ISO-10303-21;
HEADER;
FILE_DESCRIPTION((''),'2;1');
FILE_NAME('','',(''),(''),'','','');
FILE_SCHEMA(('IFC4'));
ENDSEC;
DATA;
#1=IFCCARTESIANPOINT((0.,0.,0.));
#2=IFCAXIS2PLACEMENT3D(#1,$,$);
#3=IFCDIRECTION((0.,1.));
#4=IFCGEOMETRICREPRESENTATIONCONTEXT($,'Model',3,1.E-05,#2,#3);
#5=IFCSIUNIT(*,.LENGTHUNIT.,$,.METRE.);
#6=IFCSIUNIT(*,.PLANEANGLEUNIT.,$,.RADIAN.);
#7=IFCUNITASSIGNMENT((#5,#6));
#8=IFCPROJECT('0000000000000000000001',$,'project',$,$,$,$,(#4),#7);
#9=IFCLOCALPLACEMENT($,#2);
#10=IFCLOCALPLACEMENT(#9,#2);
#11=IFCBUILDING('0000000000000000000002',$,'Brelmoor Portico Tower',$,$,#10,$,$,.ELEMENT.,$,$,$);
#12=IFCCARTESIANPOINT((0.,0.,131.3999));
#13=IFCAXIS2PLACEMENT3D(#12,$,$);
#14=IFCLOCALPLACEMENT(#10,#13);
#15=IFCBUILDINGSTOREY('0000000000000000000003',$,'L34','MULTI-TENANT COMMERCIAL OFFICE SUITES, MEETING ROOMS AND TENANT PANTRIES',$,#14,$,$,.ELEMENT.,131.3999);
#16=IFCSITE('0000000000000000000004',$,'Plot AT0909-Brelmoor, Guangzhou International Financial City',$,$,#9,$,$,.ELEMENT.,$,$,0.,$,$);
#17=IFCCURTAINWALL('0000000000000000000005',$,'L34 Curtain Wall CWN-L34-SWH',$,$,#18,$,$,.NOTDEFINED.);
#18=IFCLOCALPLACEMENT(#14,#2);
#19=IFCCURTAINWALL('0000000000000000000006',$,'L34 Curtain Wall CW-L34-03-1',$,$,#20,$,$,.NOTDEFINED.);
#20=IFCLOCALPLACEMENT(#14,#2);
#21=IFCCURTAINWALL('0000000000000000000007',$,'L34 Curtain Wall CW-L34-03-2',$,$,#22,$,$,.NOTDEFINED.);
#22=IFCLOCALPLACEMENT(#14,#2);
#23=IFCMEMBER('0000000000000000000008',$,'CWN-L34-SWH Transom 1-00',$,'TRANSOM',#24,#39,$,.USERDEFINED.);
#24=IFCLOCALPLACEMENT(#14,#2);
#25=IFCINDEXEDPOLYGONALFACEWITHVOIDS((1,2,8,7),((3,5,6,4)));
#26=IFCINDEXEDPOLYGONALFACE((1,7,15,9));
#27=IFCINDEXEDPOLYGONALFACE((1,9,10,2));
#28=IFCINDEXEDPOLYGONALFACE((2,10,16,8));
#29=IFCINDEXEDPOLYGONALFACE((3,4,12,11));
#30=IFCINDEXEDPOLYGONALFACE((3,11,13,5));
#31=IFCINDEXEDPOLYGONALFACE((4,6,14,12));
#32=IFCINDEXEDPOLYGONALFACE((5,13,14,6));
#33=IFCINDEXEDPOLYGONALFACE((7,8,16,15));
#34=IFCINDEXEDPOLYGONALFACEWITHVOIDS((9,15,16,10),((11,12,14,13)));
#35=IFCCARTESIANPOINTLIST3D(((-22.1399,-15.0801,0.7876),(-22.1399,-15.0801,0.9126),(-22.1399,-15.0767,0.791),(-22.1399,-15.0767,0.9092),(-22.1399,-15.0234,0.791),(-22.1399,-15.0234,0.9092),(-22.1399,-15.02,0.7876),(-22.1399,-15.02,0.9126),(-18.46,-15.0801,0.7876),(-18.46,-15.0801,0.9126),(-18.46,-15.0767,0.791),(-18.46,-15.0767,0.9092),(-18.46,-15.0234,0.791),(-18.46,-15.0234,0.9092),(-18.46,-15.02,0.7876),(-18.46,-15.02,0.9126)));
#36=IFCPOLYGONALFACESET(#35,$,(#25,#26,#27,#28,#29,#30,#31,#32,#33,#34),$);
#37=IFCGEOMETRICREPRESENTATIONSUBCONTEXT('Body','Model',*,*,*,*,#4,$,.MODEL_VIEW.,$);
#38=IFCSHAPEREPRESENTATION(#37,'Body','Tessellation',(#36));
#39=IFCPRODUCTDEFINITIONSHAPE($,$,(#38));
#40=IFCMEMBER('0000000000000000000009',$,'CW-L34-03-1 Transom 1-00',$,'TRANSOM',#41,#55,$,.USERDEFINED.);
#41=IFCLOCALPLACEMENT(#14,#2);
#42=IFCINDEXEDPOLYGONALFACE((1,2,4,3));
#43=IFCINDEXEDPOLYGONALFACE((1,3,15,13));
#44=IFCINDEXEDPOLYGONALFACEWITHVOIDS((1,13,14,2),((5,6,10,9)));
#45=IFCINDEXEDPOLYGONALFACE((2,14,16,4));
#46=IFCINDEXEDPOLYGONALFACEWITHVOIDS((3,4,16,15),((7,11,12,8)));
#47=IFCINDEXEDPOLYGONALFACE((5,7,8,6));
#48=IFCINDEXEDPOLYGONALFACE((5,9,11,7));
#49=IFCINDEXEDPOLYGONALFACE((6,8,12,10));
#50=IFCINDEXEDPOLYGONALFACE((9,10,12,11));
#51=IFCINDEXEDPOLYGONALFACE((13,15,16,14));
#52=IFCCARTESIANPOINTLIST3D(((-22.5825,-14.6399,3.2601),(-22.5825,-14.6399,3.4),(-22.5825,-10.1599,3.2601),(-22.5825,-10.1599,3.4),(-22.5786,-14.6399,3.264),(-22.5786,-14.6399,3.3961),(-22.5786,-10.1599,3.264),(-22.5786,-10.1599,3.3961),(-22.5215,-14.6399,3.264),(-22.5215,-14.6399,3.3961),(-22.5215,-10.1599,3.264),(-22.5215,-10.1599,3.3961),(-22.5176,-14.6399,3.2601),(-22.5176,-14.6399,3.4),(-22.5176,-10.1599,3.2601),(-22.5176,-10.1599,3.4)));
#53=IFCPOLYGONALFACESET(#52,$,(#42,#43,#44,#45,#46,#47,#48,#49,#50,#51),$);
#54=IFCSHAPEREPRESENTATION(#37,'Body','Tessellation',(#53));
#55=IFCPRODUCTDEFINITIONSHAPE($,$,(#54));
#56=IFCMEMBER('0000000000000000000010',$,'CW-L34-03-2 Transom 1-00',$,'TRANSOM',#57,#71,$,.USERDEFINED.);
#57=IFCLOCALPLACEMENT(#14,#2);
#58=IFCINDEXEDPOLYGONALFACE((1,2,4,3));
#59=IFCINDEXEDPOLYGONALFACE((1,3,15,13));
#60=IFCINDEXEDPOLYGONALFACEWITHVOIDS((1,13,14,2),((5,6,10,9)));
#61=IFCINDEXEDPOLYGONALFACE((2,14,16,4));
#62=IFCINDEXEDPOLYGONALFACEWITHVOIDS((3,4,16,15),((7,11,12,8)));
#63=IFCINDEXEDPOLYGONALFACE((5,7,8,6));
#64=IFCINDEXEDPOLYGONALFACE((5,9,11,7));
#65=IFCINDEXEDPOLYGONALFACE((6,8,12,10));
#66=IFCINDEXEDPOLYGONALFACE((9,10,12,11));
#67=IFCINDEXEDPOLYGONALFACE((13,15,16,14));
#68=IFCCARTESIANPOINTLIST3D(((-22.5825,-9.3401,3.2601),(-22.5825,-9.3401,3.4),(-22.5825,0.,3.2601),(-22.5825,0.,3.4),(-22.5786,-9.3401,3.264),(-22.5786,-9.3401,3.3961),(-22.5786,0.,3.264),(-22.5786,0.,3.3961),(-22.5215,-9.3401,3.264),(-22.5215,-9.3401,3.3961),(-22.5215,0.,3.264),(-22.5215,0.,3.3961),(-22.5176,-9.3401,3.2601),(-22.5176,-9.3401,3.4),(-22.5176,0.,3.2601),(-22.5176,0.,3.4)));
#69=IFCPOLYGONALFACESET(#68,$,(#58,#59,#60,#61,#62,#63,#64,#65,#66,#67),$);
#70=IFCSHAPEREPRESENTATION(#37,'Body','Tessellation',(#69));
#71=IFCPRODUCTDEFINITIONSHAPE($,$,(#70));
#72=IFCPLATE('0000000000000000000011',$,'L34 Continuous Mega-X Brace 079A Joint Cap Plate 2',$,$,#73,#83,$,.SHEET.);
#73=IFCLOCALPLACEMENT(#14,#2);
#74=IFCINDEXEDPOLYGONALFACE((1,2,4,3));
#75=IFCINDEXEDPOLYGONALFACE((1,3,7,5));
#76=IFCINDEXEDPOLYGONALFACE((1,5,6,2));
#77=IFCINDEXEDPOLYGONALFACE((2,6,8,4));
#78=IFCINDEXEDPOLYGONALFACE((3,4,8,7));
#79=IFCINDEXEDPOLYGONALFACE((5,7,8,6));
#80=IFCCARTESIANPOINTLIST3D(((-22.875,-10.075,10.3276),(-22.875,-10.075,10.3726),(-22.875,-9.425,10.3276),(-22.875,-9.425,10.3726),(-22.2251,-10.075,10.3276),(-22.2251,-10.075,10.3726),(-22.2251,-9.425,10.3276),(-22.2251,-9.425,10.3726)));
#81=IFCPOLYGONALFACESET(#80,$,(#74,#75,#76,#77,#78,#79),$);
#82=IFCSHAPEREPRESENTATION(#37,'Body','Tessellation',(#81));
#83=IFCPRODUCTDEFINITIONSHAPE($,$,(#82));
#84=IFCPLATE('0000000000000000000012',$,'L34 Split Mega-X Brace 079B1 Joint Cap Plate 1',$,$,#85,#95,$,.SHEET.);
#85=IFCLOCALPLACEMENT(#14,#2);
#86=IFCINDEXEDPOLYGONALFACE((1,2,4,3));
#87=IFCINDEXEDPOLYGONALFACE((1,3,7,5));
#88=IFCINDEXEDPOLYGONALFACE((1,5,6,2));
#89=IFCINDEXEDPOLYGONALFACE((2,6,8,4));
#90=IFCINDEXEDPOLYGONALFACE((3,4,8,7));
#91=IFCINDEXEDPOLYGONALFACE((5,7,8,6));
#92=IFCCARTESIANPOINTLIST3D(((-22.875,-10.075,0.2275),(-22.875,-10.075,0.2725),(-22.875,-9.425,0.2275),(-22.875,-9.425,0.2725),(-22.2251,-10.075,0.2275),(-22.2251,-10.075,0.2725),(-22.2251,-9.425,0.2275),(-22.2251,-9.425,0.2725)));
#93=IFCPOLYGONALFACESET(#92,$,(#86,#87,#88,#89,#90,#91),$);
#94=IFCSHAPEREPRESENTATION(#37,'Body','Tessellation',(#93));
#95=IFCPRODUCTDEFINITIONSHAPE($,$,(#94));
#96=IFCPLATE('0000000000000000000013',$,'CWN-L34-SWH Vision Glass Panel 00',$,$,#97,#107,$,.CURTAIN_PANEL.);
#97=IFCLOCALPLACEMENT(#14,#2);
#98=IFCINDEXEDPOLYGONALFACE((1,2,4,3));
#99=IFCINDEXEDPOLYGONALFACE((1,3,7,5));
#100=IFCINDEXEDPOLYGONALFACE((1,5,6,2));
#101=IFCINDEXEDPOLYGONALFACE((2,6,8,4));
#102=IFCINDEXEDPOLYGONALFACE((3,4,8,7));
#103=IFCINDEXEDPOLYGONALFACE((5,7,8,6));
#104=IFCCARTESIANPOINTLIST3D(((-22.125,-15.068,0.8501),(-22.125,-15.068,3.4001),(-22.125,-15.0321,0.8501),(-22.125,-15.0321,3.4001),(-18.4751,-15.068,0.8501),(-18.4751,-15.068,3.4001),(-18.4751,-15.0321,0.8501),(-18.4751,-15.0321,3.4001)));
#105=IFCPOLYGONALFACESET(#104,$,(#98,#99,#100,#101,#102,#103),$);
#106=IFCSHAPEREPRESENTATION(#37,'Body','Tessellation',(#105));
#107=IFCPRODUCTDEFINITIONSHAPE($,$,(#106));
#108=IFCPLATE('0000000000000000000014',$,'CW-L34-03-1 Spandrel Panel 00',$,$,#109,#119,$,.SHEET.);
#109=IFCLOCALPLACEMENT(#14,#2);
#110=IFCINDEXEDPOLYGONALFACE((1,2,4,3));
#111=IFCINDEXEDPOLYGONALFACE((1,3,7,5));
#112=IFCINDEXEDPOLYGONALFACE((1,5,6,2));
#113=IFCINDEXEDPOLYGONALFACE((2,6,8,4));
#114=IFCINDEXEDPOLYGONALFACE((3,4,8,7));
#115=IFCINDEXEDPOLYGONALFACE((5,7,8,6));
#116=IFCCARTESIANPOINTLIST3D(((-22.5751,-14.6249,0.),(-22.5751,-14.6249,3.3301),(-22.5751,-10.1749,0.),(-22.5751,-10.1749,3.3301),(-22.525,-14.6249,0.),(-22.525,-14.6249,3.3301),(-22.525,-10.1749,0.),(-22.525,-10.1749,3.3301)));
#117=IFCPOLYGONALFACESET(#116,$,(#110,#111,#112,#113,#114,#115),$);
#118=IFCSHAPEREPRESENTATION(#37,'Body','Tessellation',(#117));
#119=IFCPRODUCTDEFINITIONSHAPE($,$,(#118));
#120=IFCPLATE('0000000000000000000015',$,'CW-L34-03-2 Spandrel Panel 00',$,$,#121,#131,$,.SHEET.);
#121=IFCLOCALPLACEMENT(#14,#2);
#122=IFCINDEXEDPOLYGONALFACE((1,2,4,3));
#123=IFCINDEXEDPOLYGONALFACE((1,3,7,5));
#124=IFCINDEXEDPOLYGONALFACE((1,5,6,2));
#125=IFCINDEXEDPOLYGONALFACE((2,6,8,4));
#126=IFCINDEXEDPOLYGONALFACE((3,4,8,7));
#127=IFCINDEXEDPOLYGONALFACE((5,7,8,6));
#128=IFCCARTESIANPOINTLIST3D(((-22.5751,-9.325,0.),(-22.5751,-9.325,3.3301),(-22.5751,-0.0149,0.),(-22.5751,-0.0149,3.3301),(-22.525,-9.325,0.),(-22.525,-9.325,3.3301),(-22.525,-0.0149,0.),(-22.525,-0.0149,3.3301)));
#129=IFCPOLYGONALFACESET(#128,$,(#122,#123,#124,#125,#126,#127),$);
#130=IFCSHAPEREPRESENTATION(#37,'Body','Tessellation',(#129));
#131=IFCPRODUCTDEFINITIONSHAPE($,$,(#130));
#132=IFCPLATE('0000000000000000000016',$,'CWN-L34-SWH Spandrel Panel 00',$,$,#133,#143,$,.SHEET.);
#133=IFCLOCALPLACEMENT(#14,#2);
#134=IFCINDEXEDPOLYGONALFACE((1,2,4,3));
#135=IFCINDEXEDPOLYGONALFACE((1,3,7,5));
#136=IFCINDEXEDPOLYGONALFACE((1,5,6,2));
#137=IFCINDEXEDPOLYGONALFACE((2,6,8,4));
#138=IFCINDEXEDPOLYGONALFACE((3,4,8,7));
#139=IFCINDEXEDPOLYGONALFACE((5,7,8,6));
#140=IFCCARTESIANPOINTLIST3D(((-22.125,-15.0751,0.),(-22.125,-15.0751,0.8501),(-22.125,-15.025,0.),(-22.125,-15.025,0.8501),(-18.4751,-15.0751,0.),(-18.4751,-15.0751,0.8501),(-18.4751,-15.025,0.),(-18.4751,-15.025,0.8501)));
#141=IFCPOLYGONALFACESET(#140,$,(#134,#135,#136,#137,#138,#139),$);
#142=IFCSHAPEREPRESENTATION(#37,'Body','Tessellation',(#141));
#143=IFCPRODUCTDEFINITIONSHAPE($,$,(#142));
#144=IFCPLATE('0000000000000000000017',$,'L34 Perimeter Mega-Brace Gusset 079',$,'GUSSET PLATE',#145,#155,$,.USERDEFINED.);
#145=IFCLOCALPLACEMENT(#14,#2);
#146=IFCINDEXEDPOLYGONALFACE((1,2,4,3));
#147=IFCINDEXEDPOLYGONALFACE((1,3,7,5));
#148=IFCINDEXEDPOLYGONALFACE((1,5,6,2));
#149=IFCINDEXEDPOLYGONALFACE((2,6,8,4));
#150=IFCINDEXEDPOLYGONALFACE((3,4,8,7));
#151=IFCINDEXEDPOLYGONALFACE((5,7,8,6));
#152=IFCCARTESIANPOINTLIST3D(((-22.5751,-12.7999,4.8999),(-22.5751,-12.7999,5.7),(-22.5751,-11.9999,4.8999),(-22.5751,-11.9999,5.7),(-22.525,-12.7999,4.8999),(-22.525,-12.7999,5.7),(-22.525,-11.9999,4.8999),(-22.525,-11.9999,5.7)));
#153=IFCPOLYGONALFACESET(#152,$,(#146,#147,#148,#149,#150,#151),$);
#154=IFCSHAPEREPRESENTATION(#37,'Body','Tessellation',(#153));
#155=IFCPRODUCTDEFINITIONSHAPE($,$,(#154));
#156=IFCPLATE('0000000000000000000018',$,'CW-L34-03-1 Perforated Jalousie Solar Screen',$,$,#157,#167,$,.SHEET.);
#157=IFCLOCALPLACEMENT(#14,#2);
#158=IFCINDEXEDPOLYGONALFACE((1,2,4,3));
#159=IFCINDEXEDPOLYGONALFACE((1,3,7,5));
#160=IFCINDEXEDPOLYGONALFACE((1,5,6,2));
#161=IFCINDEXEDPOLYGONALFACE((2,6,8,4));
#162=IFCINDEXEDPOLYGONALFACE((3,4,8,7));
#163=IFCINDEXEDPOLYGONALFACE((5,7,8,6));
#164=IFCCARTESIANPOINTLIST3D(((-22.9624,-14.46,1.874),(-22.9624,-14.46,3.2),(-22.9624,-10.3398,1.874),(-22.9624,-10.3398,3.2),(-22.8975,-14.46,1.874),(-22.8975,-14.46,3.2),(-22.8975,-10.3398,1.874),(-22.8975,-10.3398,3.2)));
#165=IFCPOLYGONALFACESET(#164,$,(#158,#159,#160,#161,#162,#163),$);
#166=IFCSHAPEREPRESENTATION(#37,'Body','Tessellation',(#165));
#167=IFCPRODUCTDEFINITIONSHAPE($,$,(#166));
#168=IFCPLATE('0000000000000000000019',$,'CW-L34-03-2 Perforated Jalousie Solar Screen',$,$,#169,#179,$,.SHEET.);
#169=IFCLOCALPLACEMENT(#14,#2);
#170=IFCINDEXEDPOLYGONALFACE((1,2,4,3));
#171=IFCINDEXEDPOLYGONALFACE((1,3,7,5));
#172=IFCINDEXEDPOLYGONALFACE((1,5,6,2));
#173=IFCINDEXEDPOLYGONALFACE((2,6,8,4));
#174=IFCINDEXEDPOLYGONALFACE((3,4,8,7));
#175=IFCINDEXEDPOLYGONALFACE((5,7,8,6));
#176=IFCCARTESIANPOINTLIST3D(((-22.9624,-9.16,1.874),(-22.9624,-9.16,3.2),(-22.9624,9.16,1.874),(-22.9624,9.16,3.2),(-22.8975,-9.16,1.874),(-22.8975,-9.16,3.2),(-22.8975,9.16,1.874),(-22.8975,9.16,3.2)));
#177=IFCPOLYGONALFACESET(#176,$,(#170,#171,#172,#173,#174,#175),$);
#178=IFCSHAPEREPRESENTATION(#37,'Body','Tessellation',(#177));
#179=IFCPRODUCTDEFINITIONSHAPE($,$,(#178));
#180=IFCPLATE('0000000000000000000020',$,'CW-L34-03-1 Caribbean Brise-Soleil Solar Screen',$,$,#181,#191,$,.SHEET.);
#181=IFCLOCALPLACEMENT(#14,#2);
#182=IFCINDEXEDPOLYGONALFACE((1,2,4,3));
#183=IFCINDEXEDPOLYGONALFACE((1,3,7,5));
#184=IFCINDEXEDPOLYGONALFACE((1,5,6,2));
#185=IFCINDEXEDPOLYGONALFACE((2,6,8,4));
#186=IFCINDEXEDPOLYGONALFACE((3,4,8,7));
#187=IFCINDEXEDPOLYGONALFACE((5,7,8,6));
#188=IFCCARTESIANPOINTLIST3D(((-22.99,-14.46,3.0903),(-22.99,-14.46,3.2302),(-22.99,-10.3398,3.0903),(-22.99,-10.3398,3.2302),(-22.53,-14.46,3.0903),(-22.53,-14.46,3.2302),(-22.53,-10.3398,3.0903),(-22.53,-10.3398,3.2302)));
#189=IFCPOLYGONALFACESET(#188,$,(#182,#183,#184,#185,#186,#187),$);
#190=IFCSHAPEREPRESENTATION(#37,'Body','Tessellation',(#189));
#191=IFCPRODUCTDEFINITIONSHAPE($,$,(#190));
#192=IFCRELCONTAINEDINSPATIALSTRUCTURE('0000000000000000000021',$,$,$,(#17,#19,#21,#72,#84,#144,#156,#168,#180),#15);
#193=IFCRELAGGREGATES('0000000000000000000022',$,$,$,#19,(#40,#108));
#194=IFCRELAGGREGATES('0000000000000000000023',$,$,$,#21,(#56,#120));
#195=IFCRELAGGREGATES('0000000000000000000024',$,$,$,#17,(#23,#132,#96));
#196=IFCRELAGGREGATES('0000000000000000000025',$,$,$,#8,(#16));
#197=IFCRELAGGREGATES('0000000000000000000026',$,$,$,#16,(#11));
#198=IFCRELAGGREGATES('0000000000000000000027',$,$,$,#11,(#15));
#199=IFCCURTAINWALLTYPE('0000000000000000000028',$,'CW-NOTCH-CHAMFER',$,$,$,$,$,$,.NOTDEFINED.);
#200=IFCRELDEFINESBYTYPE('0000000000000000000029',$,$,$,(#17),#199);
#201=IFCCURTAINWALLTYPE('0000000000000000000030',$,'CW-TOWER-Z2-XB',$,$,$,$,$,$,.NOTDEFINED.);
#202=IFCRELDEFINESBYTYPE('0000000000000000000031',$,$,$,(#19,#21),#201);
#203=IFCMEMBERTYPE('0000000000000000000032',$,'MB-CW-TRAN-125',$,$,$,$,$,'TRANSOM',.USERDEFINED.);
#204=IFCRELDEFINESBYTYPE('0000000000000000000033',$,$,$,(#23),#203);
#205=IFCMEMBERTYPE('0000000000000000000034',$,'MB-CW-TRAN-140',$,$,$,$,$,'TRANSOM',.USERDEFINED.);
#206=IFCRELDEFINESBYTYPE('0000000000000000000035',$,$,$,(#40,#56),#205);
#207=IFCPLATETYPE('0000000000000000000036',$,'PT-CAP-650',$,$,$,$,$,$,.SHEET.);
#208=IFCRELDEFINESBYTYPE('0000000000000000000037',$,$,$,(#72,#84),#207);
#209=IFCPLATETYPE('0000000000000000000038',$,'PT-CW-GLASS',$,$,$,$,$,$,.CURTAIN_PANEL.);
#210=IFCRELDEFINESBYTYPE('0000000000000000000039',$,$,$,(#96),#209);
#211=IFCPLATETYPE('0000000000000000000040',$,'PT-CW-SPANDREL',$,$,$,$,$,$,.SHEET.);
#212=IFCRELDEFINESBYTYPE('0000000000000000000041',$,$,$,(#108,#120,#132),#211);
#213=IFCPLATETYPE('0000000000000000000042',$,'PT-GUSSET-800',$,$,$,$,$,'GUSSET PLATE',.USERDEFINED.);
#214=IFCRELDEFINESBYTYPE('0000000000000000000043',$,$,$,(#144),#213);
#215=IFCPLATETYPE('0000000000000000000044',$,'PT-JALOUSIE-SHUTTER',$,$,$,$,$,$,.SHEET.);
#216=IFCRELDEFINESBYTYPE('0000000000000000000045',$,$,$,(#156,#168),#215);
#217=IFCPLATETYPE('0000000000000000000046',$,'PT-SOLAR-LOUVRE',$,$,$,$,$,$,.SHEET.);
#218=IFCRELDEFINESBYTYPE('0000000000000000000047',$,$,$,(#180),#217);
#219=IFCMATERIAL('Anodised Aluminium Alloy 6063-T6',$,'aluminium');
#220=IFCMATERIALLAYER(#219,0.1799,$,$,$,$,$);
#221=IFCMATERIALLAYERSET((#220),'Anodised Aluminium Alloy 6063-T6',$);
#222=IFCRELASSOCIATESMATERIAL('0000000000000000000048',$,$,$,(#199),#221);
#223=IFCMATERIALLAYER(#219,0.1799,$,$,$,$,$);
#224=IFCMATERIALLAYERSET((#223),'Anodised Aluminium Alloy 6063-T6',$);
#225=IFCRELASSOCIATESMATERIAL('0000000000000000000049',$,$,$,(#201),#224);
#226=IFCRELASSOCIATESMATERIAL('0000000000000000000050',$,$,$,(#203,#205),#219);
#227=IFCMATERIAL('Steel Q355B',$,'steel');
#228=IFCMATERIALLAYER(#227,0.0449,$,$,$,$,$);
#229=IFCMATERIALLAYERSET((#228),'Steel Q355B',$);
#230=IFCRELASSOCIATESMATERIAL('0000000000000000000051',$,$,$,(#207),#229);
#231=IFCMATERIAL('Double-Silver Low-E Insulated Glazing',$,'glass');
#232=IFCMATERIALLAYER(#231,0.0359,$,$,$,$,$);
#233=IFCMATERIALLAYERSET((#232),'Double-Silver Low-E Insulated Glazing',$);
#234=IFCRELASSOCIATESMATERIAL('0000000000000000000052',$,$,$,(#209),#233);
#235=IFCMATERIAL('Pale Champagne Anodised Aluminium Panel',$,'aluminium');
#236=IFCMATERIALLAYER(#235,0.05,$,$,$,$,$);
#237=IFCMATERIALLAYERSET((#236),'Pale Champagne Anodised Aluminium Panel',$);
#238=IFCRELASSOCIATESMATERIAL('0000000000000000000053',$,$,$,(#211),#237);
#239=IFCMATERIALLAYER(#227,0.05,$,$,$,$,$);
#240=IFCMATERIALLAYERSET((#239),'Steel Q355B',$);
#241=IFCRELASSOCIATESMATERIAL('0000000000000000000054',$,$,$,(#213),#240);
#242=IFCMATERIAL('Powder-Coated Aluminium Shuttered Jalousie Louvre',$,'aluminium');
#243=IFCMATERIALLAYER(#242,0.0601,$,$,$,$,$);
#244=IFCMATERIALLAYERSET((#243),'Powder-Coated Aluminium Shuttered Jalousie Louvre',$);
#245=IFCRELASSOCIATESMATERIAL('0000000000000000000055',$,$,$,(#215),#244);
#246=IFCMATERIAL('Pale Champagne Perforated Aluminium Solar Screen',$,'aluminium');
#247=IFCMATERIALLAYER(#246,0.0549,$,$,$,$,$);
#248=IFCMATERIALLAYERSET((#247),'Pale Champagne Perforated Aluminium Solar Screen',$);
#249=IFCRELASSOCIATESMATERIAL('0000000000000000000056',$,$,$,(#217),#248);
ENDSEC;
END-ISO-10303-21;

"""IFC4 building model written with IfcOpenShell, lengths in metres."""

from ifc_helpers import new_model, si_unit, direction, frame, origin, origin_2d, place, context, subcontext, project, spatial, rectangle, hollow_rectangle, extrude, material, layer, layer_set, material_profile, profile_set, type_object, element, aggregate, save


model = new_model("IFC4")

# Units and contexts
model_context = context("Model", 3, precision=1e-05, world=origin(), true_north=direction((0.0, 1.0)))
body_context = subcontext(model_context, "Body", "Model", "MODEL_VIEW")
ifc_project = project(units=[si_unit("LENGTHUNIT", "METRE"), si_unit("PLANEANGLEUNIT", "RADIAN")], contexts=[model_context])

# Site, building, storey
site_placement = place(None, origin())
site = spatial("IfcSite", under=ifc_project, at=site_placement, Name="Plot AT0909-Brelmoor, Guangzhou International Financial City", CompositionType="ELEMENT", RefElevation=0.0)
building_placement = place(site_placement, origin())
building = spatial("IfcBuilding", under=site, at=building_placement, Name="Brelmoor Portico Tower", CompositionType="ELEMENT")
storey_placement = place(building_placement, frame((0.0, 0.0, 131.3999)))
storey = spatial("IfcBuildingStorey", under=building, at=storey_placement, Name="L34", Description="MULTI-TENANT COMMERCIAL OFFICE SUITES, MEETING ROOMS AND TENANT PANTRIES", CompositionType="ELEMENT", Elevation=131.3999)

# Shared definitions
ifc_material_1 = material(Name="Steel Q355B", Category="steel")

# Curtain wall
ifc_material_2 = material(Name="Anodised Aluminium Alloy 6063-T6", Category="aluminium")
ifc_layer_1 = layer(ifc_material_2, 0.1799)
ifc_layer_set_1 = layer_set([ifc_layer_1], Name="Anodised Aluminium Alloy 6063-T6")
curtain_wall_type_1 = type_object("IfcCurtainWallType", Name="CW-NOTCH-CHAMFER", PredefinedType="NOTDEFINED", material=ifc_layer_set_1)
curtain_wall_1_placement = place(storey_placement, origin())
curtain_wall_1 = element("IfcCurtainWall", 1, at=curtain_wall_1_placement, inside=storey, type_object=curtain_wall_type_1, Name="L34 Curtain Wall CWN-L34-SWH", PredefinedType="NOTDEFINED")

# Curtain wall
ifc_layer_2 = layer(ifc_material_2, 0.1799)
ifc_layer_set_2 = layer_set([ifc_layer_2], Name="Anodised Aluminium Alloy 6063-T6")
curtain_wall_type_2 = type_object("IfcCurtainWallType", Name="CW-TOWER-Z2-XB", PredefinedType="NOTDEFINED", material=ifc_layer_set_2)
curtain_wall_2_placement = place(storey_placement, origin())
curtain_wall_2 = element("IfcCurtainWall", 2, at=curtain_wall_2_placement, inside=storey, type_object=curtain_wall_type_2, Name="L34 Curtain Wall CW-L34-03-1", PredefinedType="NOTDEFINED")

# Curtain wall
curtain_wall_3_placement = place(storey_placement, origin())
curtain_wall_3 = element("IfcCurtainWall", 3, at=curtain_wall_3_placement, inside=storey, type_object=curtain_wall_type_2, Name="L34 Curtain Wall CW-L34-03-2", PredefinedType="NOTDEFINED")

# Members
ifc_material_profile_1 = material_profile(ifc_material_2, hollow_rectangle(XDim=0.0601, YDim=0.125, WallThickness=0.0034, at=origin_2d()), Name="ALU TRANSOM 60x125")
ifc_profile_set_1 = profile_set([ifc_material_profile_1], Name="Anodised Aluminium Alloy 6063-T6")
member_type_1 = type_object("IfcMemberType", Name="MB-CW-TRAN-125", ElementType="TRANSOM", PredefinedType="USERDEFINED", material=ifc_profile_set_1)
member_1_placement = place(storey_placement, frame((-22.1399, -15.05, 0.8501), z_axis=(1.0, 0.0, 0.0), x_axis=(0.0, 1.0, 0.0)))
member_1 = element("IfcMember", 4, at=member_1_placement, type_object=member_type_1, Name="CWN-L34-SWH Transom 1-00", ObjectType="TRANSOM", PredefinedType="USERDEFINED", context=body_context, shape_type="SweptSolid", body=[
    extrude(hollow_rectangle(XDim=0.0601, YDim=0.125, WallThickness=0.0034, at=origin_2d()), origin(), (0.0, 0.0, 1.0), 3.6799),
])
ifc_material_profile_2 = material_profile(ifc_material_2, hollow_rectangle(XDim=0.0649, YDim=0.1399, WallThickness=0.0039, at=origin_2d()), Name="ALU TRANSOM 65x140")
ifc_profile_set_2 = profile_set([ifc_material_profile_2], Name="Anodised Aluminium Alloy 6063-T6")
member_type_2 = type_object("IfcMemberType", Name="MB-CW-TRAN-140", ElementType="TRANSOM", PredefinedType="USERDEFINED", material=ifc_profile_set_2)
member_2_placement = place(storey_placement, frame((-22.55, -14.6399, 3.3301), z_axis=(0.0, 1.0, 0.0), x_axis=(-1.0, 0.0, 0.0)))
member_2 = element("IfcMember", 5, at=member_2_placement, type_object=member_type_2, Name="CW-L34-03-1 Transom 1-00", ObjectType="TRANSOM", PredefinedType="USERDEFINED", context=body_context, shape_type="SweptSolid", body=[
    extrude(hollow_rectangle(XDim=0.0649, YDim=0.1399, WallThickness=0.0039, at=origin_2d()), origin(), (0.0, 0.0, 1.0), 4.48),
])
member_3_placement = place(storey_placement, frame((-22.55, -9.3401, 3.3301), z_axis=(0.0, 1.0, 0.0), x_axis=(-1.0, 0.0, 0.0)))
member_3 = element("IfcMember", 6, at=member_3_placement, type_object=member_type_2, Name="CW-L34-03-2 Transom 1-00", ObjectType="TRANSOM", PredefinedType="USERDEFINED", context=body_context, shape_type="SweptSolid", body=[
    extrude(hollow_rectangle(XDim=0.0649, YDim=0.1399, WallThickness=0.0039, at=origin_2d()), origin(), (0.0, 0.0, 1.0), 9.3401),
])

# Plates
ifc_layer_3 = layer(ifc_material_1, 0.0449)
ifc_layer_set_3 = layer_set([ifc_layer_3], Name="Steel Q355B")
plate_type_1 = type_object("IfcPlateType", Name="PT-CAP-650", PredefinedType="SHEET", material=ifc_layer_set_3)
for number, where, z_axis, x_axis, name in (
    (7, (-22.55, -9.75, 10.3276), (0.0, 0.0, 1.0), (1.0, 0.0, 0.0), "L34 Continuous Mega-X Brace 079A Joint Cap Plate 2"),
    (8, (-22.55, -9.75, 0.2275), (0.0, 0.0, 1.0), (1.0, 0.0, 0.0), "L34 Split Mega-X Brace 079B1 Joint Cap Plate 1"),
):
    element("IfcPlate", number, at=place(storey_placement, frame(where, z_axis=z_axis, x_axis=x_axis)), inside=storey, type_object=plate_type_1, Name=name, PredefinedType="SHEET", context=body_context, shape_type="SweptSolid", body=[
        extrude(rectangle(XDim=0.6499, YDim=0.6499, at=origin_2d()), origin(), (0.0, 0.0, 1.0), 0.0449),
    ])

# Plates
ifc_material_3 = material(Name="Double-Silver Low-E Insulated Glazing", Category="glass")
ifc_layer_4 = layer(ifc_material_3, 0.0359)
ifc_layer_set_4 = layer_set([ifc_layer_4], Name="Double-Silver Low-E Insulated Glazing")
plate_type_2 = type_object("IfcPlateType", Name="PT-CW-GLASS", PredefinedType="CURTAIN_PANEL", material=ifc_layer_set_4)
plate_1_placement = place(storey_placement, frame((-20.3, -15.05, 0.8501), z_axis=(0.0, 0.0, 1.0), x_axis=(1.0, 0.0, 0.0)))
plate_1 = element("IfcPlate", 9, at=plate_1_placement, type_object=plate_type_2, Name="CWN-L34-SWH Vision Glass Panel 00", PredefinedType="CURTAIN_PANEL", context=body_context, shape_type="SweptSolid", body=[
    extrude(rectangle(XDim=3.6499, YDim=0.0359, at=origin_2d()), origin(), (0.0, 0.0, 1.0), 2.55),
])
ifc_material_4 = material(Name="Pale Champagne Anodised Aluminium Panel", Category="aluminium")
ifc_layer_5 = layer(ifc_material_4, 0.05)
ifc_layer_set_5 = layer_set([ifc_layer_5], Name="Pale Champagne Anodised Aluminium Panel")
plate_type_3 = type_object("IfcPlateType", Name="PT-CW-SPANDREL", PredefinedType="SHEET", material=ifc_layer_set_5)
plate_2_placement = place(storey_placement, frame((-22.55, -12.3999, 0.0), z_axis=(0.0, 0.0, 1.0), x_axis=(0.0, 1.0, 0.0)))
plate_2 = element("IfcPlate", 10, at=plate_2_placement, type_object=plate_type_3, Name="CW-L34-03-1 Spandrel Panel 00", PredefinedType="SHEET", context=body_context, shape_type="SweptSolid", body=[
    extrude(rectangle(XDim=4.45, YDim=0.05, at=origin_2d()), origin(), (0.0, 0.0, 1.0), 3.3301),
])
aggregate(curtain_wall_2, [member_2, plate_2])
plate_3_placement = place(storey_placement, frame((-22.55, -4.6699, 0.0), z_axis=(0.0, 0.0, 1.0), x_axis=(0.0, 1.0, 0.0)))
plate_3 = element("IfcPlate", 11, at=plate_3_placement, type_object=plate_type_3, Name="CW-L34-03-2 Spandrel Panel 00", PredefinedType="SHEET", context=body_context, shape_type="SweptSolid", body=[
    extrude(rectangle(XDim=9.3101, YDim=0.05, at=origin_2d()), origin(), (0.0, 0.0, 1.0), 3.3301),
])
aggregate(curtain_wall_3, [member_3, plate_3])
plate_4_placement = place(storey_placement, frame((-20.3, -15.05, 0.0), z_axis=(0.0, 0.0, 1.0), x_axis=(1.0, 0.0, 0.0)))
plate_4 = element("IfcPlate", 12, at=plate_4_placement, type_object=plate_type_3, Name="CWN-L34-SWH Spandrel Panel 00", PredefinedType="SHEET", context=body_context, shape_type="SweptSolid", body=[
    extrude(rectangle(XDim=3.6499, YDim=0.05, at=origin_2d()), origin(), (0.0, 0.0, 1.0), 0.8501),
])
aggregate(curtain_wall_1, [member_1, plate_4, plate_1])

# Plates
ifc_layer_6 = layer(ifc_material_1, 0.05)
ifc_layer_set_6 = layer_set([ifc_layer_6], Name="Steel Q355B")
plate_type_4 = type_object("IfcPlateType", Name="PT-GUSSET-800", ElementType="GUSSET PLATE", PredefinedType="USERDEFINED", material=ifc_layer_set_6)
plate_5_placement = place(storey_placement, frame((-22.55, -12.3999, 4.8999), z_axis=(0.0, 0.0, 1.0), x_axis=(1.0, 0.0, 0.0)))
element("IfcPlate", 13, at=plate_5_placement, inside=storey, type_object=plate_type_4, Name="L34 Perimeter Mega-Brace Gusset 079", ObjectType="GUSSET PLATE", PredefinedType="USERDEFINED", context=body_context, shape_type="SweptSolid", body=[
    extrude(rectangle(XDim=0.05, YDim=0.8, at=origin_2d()), origin(), (0.0, 0.0, 1.0), 0.8),
])
ifc_material_5 = material(Name="Powder-Coated Aluminium Shuttered Jalousie Louvre", Category="aluminium")
ifc_layer_7 = layer(ifc_material_5, 0.0601)
ifc_layer_set_7 = layer_set([ifc_layer_7], Name="Powder-Coated Aluminium Shuttered Jalousie Louvre")
plate_type_5 = type_object("IfcPlateType", Name="PT-JALOUSIE-SHUTTER", PredefinedType="SHEET", material=ifc_layer_set_7)
plate_6_placement = place(storey_placement, frame((-22.9299, -12.3999, 1.874), z_axis=(0.0, 0.0, 1.0), x_axis=(0.0, 1.0, 0.0)))
element("IfcPlate", 14, at=plate_6_placement, inside=storey, type_object=plate_type_5, Name="CW-L34-03-1 Perforated Jalousie Solar Screen", PredefinedType="SHEET", context=body_context, shape_type="SweptSolid", body=[
    extrude(rectangle(XDim=4.1201, YDim=0.0649, at=origin_2d()), origin(), (0.0, 0.0, 1.0), 1.3259),
])
plate_7_placement = place(storey_placement, frame((-22.9299, 0.0, 1.874), z_axis=(0.0, 0.0, 1.0), x_axis=(0.0, 1.0, 0.0)))
element("IfcPlate", 15, at=plate_7_placement, inside=storey, type_object=plate_type_5, Name="CW-L34-03-2 Perforated Jalousie Solar Screen", PredefinedType="SHEET", context=body_context, shape_type="SweptSolid", body=[
    extrude(rectangle(XDim=18.3201, YDim=0.0649, at=origin_2d()), origin(), (0.0, 0.0, 1.0), 1.3259),
])
ifc_material_6 = material(Name="Pale Champagne Perforated Aluminium Solar Screen", Category="aluminium")
ifc_layer_8 = layer(ifc_material_6, 0.0549)
ifc_layer_set_8 = layer_set([ifc_layer_8], Name="Pale Champagne Perforated Aluminium Solar Screen")
plate_type_6 = type_object("IfcPlateType", Name="PT-SOLAR-LOUVRE", PredefinedType="SHEET", material=ifc_layer_set_8)
plate_8_placement = place(storey_placement, frame((-22.76, -12.3999, 3.0903), z_axis=(0.0, 0.0, 1.0), x_axis=(0.0, 1.0, 0.0)))
element("IfcPlate", 16, at=plate_8_placement, inside=storey, type_object=plate_type_6, Name="CW-L34-03-1 Caribbean Brise-Soleil Solar Screen", PredefinedType="SHEET", context=body_context, shape_type="SweptSolid", body=[
    extrude(rectangle(XDim=4.1201, YDim=0.46, at=origin_2d()), origin(), (0.0, 0.0, 1.0), 0.1399),
])

save(model, "model.ifc")
